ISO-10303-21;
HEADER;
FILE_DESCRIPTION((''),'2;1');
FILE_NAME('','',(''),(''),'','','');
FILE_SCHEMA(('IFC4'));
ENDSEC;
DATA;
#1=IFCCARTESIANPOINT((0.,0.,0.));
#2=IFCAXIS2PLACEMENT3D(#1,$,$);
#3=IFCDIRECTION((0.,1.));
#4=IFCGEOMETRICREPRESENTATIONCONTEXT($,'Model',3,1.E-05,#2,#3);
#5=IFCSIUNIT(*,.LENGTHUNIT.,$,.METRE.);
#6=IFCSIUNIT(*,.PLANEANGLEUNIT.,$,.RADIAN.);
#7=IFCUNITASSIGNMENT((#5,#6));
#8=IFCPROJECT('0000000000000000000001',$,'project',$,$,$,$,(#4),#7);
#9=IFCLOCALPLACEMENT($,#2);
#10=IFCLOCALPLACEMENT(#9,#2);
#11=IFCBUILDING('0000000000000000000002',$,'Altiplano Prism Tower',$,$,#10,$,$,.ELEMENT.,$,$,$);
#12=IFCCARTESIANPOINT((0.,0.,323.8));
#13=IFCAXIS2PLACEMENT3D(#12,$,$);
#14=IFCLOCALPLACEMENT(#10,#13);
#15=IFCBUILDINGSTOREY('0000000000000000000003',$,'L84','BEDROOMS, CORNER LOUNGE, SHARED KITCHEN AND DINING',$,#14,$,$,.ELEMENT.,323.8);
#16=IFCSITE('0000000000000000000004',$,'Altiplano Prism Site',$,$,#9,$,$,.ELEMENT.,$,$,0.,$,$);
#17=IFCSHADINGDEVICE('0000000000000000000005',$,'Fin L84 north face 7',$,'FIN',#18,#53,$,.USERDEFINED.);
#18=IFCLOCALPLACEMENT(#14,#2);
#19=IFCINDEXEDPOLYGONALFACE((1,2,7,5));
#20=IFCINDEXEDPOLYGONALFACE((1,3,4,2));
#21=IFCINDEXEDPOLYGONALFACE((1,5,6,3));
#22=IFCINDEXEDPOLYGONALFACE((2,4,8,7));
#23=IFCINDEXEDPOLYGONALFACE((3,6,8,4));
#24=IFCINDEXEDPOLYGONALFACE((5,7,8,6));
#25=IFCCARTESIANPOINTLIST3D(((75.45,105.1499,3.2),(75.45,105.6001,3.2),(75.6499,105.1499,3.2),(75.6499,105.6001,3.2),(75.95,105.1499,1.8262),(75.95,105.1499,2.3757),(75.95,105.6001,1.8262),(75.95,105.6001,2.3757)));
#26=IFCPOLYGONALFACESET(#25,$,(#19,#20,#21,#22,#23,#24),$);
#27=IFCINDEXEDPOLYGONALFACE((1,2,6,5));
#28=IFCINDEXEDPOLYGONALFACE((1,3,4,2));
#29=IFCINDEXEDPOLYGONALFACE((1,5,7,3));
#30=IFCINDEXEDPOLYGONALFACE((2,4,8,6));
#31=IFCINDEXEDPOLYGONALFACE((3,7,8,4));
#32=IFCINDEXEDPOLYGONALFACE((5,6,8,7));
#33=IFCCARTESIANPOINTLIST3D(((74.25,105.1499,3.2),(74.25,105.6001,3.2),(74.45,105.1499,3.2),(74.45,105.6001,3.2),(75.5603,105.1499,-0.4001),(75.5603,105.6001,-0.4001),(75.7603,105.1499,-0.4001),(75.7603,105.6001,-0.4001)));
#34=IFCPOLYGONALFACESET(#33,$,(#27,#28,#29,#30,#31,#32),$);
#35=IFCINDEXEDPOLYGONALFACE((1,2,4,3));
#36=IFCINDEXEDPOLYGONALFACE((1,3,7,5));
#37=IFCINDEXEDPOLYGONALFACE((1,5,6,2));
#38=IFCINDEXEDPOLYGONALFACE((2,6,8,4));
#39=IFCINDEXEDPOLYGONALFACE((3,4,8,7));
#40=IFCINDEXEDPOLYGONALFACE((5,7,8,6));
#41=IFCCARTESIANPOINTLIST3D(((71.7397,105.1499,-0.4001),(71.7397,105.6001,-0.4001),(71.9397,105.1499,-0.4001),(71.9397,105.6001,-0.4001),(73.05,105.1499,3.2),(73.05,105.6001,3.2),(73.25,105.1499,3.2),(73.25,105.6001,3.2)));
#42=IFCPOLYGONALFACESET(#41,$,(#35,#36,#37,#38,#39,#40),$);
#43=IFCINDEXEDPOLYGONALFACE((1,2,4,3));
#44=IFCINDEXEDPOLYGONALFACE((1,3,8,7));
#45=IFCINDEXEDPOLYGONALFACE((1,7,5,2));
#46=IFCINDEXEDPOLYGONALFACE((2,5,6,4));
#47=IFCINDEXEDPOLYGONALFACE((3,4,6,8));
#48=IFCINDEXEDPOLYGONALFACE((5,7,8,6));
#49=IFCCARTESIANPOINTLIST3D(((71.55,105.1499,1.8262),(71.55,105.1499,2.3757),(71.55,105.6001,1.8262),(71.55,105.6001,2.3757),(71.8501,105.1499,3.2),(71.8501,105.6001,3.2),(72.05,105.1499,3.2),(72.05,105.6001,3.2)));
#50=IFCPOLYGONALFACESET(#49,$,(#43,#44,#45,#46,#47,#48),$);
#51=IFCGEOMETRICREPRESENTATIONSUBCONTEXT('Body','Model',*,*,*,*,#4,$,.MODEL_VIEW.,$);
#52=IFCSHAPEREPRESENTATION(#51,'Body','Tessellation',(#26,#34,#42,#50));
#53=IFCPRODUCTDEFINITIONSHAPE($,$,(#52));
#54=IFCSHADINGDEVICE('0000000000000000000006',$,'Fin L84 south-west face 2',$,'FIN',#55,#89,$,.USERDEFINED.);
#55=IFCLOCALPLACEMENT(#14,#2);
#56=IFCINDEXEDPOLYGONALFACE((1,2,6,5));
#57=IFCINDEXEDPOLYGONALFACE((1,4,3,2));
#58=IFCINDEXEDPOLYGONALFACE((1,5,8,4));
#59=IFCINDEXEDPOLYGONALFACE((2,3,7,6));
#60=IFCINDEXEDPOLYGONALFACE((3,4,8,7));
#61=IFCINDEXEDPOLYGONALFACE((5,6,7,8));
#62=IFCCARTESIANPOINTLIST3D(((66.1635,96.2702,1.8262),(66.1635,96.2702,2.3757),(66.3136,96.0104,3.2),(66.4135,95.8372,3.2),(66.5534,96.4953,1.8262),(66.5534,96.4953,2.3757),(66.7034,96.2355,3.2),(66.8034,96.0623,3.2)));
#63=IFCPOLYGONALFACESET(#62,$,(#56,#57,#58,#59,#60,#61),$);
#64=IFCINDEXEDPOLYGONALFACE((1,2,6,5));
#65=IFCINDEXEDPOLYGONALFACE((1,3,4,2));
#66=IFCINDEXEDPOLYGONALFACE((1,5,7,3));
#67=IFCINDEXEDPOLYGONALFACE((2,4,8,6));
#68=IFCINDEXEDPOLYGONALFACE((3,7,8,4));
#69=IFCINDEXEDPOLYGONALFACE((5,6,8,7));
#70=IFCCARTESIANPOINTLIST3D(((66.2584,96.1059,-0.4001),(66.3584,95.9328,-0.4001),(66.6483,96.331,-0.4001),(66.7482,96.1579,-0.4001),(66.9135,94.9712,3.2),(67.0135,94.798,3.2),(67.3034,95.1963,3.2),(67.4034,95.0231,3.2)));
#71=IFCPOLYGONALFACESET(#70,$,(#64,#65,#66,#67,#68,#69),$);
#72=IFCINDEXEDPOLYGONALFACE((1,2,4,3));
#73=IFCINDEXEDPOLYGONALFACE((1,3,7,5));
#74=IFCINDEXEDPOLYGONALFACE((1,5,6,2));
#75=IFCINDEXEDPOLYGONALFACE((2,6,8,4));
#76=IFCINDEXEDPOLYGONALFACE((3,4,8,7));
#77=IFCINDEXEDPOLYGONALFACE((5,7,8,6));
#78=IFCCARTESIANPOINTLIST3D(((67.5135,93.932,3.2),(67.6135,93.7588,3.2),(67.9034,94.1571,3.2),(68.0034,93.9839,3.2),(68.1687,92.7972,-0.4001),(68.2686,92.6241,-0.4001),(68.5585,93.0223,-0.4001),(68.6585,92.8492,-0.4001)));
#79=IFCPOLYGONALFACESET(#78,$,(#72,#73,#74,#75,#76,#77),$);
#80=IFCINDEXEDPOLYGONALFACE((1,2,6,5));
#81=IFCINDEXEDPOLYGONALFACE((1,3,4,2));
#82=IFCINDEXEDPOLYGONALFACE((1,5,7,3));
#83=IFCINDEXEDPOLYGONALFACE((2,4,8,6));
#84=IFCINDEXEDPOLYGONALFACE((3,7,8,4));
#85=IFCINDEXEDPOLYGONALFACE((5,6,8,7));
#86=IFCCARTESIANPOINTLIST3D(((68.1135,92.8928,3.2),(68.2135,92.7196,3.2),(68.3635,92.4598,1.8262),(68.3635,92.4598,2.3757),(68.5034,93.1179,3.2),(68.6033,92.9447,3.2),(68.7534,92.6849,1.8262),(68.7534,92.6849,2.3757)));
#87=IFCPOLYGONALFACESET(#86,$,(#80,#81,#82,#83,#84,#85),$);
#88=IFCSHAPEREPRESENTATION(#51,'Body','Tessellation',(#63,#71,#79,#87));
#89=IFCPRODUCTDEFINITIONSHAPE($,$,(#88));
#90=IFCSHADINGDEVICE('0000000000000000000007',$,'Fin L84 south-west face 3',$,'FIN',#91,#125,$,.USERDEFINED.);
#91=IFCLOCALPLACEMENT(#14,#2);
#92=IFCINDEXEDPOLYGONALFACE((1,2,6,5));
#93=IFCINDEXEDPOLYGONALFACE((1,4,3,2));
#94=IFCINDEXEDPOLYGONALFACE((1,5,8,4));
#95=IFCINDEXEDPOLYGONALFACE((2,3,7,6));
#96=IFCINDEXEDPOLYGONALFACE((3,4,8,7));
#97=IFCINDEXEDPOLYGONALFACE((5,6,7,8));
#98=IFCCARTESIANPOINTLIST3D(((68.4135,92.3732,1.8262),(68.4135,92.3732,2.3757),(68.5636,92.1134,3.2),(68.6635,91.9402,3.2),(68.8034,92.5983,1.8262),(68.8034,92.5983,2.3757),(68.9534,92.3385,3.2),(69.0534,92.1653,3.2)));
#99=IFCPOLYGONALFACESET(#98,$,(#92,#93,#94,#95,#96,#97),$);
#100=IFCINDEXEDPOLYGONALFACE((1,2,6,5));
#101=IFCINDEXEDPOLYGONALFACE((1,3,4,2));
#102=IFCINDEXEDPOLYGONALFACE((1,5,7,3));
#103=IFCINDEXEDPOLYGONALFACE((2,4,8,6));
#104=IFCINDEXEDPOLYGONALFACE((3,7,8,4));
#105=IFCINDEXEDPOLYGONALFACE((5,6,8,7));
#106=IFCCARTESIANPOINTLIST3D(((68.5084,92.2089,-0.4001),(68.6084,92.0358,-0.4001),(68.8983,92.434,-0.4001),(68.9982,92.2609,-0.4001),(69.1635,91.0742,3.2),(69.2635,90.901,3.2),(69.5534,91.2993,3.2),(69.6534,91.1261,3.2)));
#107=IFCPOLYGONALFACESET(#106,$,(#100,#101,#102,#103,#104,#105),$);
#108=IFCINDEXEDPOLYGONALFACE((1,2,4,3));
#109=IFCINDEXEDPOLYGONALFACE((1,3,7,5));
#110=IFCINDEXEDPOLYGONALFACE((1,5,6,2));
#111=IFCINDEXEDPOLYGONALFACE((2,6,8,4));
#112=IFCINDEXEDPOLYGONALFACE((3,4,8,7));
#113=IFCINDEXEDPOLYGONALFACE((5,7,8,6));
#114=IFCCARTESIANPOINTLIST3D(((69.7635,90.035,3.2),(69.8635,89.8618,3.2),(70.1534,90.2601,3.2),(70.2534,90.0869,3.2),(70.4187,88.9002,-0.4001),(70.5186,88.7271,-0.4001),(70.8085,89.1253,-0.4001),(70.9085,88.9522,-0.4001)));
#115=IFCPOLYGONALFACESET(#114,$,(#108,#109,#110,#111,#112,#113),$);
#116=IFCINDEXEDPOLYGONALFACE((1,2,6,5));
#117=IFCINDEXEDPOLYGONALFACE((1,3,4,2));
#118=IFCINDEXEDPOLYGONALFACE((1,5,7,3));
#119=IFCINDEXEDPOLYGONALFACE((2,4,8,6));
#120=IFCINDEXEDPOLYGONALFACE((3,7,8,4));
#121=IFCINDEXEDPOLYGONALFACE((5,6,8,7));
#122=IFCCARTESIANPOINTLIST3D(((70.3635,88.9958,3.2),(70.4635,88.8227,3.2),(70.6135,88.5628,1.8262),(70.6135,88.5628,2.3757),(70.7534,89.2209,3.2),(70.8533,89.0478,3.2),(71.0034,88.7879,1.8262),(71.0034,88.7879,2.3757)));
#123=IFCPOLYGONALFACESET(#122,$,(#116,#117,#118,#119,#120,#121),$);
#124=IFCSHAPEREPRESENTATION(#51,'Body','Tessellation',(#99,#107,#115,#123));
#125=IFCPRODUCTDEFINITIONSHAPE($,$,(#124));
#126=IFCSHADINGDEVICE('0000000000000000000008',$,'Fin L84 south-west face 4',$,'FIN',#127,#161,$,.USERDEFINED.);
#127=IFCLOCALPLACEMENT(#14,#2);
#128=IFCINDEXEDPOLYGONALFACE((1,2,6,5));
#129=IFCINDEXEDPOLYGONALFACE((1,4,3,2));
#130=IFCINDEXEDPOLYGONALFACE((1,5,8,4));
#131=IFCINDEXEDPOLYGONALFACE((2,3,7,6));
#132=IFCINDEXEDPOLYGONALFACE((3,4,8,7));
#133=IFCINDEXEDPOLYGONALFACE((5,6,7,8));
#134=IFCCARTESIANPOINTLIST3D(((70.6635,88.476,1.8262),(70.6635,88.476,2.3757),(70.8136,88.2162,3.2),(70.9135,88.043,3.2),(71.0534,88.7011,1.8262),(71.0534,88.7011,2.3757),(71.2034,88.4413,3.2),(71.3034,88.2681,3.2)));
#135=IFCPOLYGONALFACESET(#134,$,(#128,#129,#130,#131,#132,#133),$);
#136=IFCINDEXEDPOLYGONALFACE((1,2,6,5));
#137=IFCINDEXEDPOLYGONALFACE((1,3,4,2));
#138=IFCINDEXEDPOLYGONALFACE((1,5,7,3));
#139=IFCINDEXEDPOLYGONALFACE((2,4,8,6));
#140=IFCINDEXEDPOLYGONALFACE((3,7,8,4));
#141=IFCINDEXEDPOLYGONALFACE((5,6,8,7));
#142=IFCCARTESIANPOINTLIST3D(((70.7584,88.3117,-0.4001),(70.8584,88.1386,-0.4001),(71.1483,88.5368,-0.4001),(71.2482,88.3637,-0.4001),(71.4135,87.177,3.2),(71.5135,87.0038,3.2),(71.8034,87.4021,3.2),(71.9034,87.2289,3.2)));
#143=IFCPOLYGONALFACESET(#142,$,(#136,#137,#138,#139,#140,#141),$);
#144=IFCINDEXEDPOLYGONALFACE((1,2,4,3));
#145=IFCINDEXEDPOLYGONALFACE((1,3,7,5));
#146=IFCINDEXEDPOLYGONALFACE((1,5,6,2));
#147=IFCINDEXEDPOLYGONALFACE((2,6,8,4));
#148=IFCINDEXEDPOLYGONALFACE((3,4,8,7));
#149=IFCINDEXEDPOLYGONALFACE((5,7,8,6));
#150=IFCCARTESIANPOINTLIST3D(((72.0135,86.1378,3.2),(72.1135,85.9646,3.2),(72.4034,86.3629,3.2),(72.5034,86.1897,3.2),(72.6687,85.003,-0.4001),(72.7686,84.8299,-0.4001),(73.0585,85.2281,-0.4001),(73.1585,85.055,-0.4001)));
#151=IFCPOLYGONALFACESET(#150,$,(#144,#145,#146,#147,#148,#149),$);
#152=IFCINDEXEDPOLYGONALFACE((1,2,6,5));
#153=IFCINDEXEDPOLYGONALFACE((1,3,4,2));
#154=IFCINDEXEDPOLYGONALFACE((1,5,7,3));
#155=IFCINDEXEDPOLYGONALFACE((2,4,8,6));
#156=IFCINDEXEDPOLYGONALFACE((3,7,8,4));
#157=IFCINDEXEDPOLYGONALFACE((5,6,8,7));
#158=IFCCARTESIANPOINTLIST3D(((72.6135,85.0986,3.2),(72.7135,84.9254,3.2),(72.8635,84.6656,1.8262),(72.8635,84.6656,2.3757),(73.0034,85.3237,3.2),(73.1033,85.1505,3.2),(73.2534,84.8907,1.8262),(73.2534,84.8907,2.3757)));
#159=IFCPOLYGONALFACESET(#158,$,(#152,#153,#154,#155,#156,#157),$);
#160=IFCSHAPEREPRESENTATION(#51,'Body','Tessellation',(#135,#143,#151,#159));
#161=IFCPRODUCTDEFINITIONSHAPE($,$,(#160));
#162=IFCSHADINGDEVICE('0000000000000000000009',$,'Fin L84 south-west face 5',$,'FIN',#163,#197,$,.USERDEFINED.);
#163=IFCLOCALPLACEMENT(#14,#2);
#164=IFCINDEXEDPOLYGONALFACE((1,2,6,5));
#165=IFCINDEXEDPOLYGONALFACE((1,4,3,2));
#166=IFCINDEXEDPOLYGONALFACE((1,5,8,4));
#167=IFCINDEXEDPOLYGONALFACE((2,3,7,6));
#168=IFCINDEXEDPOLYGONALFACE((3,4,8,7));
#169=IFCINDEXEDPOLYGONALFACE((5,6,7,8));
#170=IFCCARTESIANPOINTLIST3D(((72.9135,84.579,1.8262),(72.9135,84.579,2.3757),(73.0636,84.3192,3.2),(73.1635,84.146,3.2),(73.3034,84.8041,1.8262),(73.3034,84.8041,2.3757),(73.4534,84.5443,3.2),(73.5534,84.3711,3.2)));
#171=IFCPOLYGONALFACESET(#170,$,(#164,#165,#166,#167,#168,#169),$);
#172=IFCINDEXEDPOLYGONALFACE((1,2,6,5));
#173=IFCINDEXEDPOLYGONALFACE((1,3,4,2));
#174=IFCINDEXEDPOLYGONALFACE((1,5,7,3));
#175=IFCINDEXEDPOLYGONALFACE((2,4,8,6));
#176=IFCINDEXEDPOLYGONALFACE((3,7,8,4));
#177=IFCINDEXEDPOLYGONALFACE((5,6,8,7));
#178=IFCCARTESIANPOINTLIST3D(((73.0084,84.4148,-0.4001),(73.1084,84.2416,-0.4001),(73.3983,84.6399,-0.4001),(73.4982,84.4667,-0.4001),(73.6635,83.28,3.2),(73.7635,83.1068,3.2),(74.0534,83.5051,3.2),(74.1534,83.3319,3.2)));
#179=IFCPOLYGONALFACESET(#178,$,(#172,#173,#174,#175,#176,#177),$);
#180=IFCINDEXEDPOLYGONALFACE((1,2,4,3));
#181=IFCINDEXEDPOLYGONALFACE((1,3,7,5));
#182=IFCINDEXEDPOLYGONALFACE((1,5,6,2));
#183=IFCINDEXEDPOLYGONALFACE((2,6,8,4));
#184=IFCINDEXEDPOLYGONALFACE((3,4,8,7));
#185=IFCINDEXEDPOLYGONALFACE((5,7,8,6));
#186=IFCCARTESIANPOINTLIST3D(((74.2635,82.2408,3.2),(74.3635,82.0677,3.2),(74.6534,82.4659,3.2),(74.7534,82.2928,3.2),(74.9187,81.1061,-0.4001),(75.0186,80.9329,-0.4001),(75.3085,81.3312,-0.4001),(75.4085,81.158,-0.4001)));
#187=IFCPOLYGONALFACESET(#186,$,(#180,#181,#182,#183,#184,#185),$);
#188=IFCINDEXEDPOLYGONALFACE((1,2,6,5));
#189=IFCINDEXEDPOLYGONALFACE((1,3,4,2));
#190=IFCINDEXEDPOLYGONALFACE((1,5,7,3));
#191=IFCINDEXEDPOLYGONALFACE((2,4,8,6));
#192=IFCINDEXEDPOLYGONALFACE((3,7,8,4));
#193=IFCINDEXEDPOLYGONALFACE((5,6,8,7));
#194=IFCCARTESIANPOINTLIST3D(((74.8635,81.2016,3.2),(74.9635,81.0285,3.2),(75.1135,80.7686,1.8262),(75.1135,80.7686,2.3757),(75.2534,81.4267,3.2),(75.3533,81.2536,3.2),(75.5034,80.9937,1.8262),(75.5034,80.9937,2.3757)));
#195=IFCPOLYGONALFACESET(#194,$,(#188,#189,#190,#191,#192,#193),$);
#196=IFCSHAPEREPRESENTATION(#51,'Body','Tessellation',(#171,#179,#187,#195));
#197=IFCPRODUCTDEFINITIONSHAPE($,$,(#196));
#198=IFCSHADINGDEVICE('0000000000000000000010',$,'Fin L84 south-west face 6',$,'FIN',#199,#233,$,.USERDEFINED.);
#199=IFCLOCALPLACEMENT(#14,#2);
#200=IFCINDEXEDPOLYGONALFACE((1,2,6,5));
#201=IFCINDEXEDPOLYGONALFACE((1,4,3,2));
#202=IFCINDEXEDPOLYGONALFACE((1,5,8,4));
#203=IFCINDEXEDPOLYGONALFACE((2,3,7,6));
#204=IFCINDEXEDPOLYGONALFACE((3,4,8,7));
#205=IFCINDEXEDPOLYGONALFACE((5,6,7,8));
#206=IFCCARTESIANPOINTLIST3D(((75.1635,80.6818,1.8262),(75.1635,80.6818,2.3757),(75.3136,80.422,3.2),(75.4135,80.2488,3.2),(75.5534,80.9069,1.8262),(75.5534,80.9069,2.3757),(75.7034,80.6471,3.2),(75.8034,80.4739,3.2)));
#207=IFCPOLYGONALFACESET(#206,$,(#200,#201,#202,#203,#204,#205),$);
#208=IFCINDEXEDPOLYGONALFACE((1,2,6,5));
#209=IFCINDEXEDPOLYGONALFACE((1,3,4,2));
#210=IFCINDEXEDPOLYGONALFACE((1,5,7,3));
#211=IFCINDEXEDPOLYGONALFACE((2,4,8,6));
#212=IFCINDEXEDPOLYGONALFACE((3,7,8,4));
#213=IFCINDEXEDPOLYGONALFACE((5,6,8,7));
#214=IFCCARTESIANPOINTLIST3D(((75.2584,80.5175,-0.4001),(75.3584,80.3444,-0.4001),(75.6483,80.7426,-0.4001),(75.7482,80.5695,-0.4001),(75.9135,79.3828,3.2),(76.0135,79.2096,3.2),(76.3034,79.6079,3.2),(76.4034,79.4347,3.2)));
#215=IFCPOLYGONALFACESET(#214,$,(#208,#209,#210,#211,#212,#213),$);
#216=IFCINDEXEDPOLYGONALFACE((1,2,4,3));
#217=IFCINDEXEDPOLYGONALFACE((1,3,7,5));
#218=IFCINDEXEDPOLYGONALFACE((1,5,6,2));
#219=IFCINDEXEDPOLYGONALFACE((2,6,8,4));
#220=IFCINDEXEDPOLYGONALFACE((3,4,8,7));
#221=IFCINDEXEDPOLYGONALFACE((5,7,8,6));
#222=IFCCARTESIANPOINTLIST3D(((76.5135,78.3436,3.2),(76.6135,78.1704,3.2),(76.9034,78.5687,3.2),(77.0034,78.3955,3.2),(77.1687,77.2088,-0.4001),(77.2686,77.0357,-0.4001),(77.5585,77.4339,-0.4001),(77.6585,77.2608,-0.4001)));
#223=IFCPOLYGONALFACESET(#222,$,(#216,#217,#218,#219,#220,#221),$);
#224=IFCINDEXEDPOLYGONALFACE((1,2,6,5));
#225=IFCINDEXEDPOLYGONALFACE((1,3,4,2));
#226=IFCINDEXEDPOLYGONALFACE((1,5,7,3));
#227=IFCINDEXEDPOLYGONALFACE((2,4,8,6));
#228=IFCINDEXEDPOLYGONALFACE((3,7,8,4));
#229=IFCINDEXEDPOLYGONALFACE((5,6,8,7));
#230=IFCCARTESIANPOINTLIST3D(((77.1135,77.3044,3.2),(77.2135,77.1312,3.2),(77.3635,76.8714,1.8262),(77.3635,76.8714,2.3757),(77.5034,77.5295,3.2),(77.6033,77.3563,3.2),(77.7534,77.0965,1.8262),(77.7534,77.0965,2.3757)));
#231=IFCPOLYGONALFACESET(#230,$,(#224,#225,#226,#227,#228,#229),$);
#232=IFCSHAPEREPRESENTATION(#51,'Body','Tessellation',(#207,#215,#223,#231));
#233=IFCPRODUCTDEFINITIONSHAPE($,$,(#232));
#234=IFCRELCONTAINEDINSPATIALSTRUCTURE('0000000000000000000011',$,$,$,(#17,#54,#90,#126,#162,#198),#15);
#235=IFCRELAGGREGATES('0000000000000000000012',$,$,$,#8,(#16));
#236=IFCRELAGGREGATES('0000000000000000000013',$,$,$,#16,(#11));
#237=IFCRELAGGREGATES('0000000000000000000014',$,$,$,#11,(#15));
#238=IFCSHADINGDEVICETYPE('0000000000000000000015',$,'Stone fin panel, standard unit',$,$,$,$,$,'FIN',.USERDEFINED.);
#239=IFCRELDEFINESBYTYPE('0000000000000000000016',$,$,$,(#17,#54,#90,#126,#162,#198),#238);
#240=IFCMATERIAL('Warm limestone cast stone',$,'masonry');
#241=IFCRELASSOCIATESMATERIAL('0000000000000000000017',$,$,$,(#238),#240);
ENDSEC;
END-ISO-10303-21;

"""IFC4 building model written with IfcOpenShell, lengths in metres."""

from ifc_helpers import new_model, si_unit, direction, frame, origin, place, context, subcontext, project, spatial, polyline, outline, extrude, source, transform, mapped, material, type_object, element, save


model = new_model("IFC4")

# Units and contexts
model_context = context("Model", 3, precision=1e-05, world=origin(), true_north=direction((0.0, 1.0)))
body_context = subcontext(model_context, "Body", "Model", "MODEL_VIEW")
ifc_project = project(units=[si_unit("LENGTHUNIT", "METRE"), si_unit("PLANEANGLEUNIT", "RADIAN")], contexts=[model_context])

# Site, building, storey
site_placement = place(None, origin())
site = spatial("IfcSite", under=ifc_project, at=site_placement, Name="Altiplano Prism Site", CompositionType="ELEMENT", RefElevation=0.0)
building_placement = place(site_placement, origin())
building = spatial("IfcBuilding", under=site, at=building_placement, Name="Altiplano Prism Tower", CompositionType="ELEMENT")
storey_placement = place(building_placement, frame((0.0, 0.0, 323.8)))
storey = spatial("IfcBuildingStorey", under=building, at=storey_placement, Name="L84", Description="BEDROOMS, CORNER LOUNGE, SHARED KITCHEN AND DINING", CompositionType="ELEMENT", Elevation=323.8)

# Shading devices
ifc_material_1 = material(Name="Warm limestone cast stone", Category="masonry")
shading_device_type_1 = type_object("IfcShadingDeviceType", Name="Stone fin panel, standard unit", ElementType="FIN", PredefinedType="USERDEFINED", material=ifc_material_1)
shared_shape_1 = source(origin(), body_context, "Body", "SweptSolid", [
    extrude(outline(polyline([(-2.2, 2.2263), (-1.7, 3.6001), (-1.8999, 3.6001), (-2.2, 2.7759), (-2.2, 2.2263)])), frame((0.0, -0.1499, 0.0), z_axis=(0.0, -1.0, 0.0), x_axis=(1.0, 0.0, 0.0)), (0.0, 0.0, 1.0), 0.4502),
    extrude(outline(polyline([(-2.0103, 0.0), (-1.8103, 0.0), (-0.5, 3.6001), (-0.7, 3.6001), (-2.0103, 0.0)])), frame((0.0, -0.1499, 0.0), z_axis=(0.0, -1.0, 0.0), x_axis=(1.0, 0.0, 0.0)), (0.0, 0.0, 1.0), 0.4502),
    extrude(outline(polyline([(1.8103, 0.0), (2.0103, 0.0), (0.7, 3.6001), (0.5, 3.6001), (1.8103, 0.0)])), frame((0.0, -0.1499, 0.0), z_axis=(0.0, -1.0, 0.0), x_axis=(1.0, 0.0, 0.0)), (0.0, 0.0, 1.0), 0.4502),
    extrude(outline(polyline([(2.2, 2.7759), (1.8999, 3.6001), (1.7, 3.6001), (2.2, 2.2263), (2.2, 2.7759)])), frame((0.0, -0.1499, 0.0), z_axis=(0.0, -1.0, 0.0), x_axis=(1.0, 0.0, 0.0)), (0.0, 0.0, 1.0), 0.4502),
])
shading_device_1_placement = place(storey_placement, origin())
element("IfcShadingDevice", 1, at=shading_device_1_placement, inside=storey, type_object=shading_device_type_1, Name="Fin L84 north face 7", ObjectType="FIN", PredefinedType="USERDEFINED", context=body_context, shape_type="MappedRepresentation", body=[
    mapped(shared_shape_1, transform((73.75, 105.0, -0.4001), x_axis=(-1.0, 0.0, 0.0), y_axis=(0.0, -1.0, 0.0), z_axis=(0.0, 0.0, 1.0))),
])
shading_device_2_placement = place(storey_placement, origin())
element("IfcShadingDevice", 2, at=shading_device_2_placement, inside=storey, type_object=shading_device_type_1, Name="Fin L84 south-west face 2", ObjectType="FIN", PredefinedType="USERDEFINED", context=body_context, shape_type="MappedRepresentation", body=[
    mapped(shared_shape_1, transform((67.7832, 94.665, -0.4001), x_axis=(0.5, -0.866025, 0.0), y_axis=(0.866025, 0.5, 0.0), z_axis=(0.0, 0.0, 1.0))),
])
shading_device_3_placement = place(storey_placement, origin())
element("IfcShadingDevice", 3, at=shading_device_3_placement, inside=storey, type_object=shading_device_type_1, Name="Fin L84 south-west face 3", ObjectType="FIN", PredefinedType="USERDEFINED", context=body_context, shape_type="MappedRepresentation", body=[
    mapped(shared_shape_1, transform((70.0332, 90.7681, -0.4001), x_axis=(0.5, -0.866025, 0.0), y_axis=(0.866025, 0.5, 0.0), z_axis=(0.0, 0.0, 1.0))),
])
shading_device_4_placement = place(storey_placement, origin())
element("IfcShadingDevice", 4, at=shading_device_4_placement, inside=storey, type_object=shading_device_type_1, Name="Fin L84 south-west face 4", ObjectType="FIN", PredefinedType="USERDEFINED", context=body_context, shape_type="MappedRepresentation", body=[
    mapped(shared_shape_1, transform((72.2832, 86.8708, -0.4001), x_axis=(0.5, -0.866025, 0.0), y_axis=(0.866025, 0.5, 0.0), z_axis=(0.0, 0.0, 1.0))),
])
shading_device_5_placement = place(storey_placement, origin())
element("IfcShadingDevice", 5, at=shading_device_5_placement, inside=storey, type_object=shading_device_type_1, Name="Fin L84 south-west face 5", ObjectType="FIN", PredefinedType="USERDEFINED", context=body_context, shape_type="MappedRepresentation", body=[
    mapped(shared_shape_1, transform((74.5332, 82.9739, -0.4001), x_axis=(0.5, -0.866025, 0.0), y_axis=(0.866025, 0.5, 0.0), z_axis=(0.0, 0.0, 1.0))),
])
shading_device_6_placement = place(storey_placement, origin())
element("IfcShadingDevice", 6, at=shading_device_6_placement, inside=storey, type_object=shading_device_type_1, Name="Fin L84 south-west face 6", ObjectType="FIN", PredefinedType="USERDEFINED", context=body_context, shape_type="MappedRepresentation", body=[
    mapped(shared_shape_1, transform((76.7832, 79.0767, -0.4001), x_axis=(0.5, -0.866025, 0.0), y_axis=(0.866025, 0.5, 0.0), z_axis=(0.0, 0.0, 1.0))),
])

save(model, "model.ifc")
